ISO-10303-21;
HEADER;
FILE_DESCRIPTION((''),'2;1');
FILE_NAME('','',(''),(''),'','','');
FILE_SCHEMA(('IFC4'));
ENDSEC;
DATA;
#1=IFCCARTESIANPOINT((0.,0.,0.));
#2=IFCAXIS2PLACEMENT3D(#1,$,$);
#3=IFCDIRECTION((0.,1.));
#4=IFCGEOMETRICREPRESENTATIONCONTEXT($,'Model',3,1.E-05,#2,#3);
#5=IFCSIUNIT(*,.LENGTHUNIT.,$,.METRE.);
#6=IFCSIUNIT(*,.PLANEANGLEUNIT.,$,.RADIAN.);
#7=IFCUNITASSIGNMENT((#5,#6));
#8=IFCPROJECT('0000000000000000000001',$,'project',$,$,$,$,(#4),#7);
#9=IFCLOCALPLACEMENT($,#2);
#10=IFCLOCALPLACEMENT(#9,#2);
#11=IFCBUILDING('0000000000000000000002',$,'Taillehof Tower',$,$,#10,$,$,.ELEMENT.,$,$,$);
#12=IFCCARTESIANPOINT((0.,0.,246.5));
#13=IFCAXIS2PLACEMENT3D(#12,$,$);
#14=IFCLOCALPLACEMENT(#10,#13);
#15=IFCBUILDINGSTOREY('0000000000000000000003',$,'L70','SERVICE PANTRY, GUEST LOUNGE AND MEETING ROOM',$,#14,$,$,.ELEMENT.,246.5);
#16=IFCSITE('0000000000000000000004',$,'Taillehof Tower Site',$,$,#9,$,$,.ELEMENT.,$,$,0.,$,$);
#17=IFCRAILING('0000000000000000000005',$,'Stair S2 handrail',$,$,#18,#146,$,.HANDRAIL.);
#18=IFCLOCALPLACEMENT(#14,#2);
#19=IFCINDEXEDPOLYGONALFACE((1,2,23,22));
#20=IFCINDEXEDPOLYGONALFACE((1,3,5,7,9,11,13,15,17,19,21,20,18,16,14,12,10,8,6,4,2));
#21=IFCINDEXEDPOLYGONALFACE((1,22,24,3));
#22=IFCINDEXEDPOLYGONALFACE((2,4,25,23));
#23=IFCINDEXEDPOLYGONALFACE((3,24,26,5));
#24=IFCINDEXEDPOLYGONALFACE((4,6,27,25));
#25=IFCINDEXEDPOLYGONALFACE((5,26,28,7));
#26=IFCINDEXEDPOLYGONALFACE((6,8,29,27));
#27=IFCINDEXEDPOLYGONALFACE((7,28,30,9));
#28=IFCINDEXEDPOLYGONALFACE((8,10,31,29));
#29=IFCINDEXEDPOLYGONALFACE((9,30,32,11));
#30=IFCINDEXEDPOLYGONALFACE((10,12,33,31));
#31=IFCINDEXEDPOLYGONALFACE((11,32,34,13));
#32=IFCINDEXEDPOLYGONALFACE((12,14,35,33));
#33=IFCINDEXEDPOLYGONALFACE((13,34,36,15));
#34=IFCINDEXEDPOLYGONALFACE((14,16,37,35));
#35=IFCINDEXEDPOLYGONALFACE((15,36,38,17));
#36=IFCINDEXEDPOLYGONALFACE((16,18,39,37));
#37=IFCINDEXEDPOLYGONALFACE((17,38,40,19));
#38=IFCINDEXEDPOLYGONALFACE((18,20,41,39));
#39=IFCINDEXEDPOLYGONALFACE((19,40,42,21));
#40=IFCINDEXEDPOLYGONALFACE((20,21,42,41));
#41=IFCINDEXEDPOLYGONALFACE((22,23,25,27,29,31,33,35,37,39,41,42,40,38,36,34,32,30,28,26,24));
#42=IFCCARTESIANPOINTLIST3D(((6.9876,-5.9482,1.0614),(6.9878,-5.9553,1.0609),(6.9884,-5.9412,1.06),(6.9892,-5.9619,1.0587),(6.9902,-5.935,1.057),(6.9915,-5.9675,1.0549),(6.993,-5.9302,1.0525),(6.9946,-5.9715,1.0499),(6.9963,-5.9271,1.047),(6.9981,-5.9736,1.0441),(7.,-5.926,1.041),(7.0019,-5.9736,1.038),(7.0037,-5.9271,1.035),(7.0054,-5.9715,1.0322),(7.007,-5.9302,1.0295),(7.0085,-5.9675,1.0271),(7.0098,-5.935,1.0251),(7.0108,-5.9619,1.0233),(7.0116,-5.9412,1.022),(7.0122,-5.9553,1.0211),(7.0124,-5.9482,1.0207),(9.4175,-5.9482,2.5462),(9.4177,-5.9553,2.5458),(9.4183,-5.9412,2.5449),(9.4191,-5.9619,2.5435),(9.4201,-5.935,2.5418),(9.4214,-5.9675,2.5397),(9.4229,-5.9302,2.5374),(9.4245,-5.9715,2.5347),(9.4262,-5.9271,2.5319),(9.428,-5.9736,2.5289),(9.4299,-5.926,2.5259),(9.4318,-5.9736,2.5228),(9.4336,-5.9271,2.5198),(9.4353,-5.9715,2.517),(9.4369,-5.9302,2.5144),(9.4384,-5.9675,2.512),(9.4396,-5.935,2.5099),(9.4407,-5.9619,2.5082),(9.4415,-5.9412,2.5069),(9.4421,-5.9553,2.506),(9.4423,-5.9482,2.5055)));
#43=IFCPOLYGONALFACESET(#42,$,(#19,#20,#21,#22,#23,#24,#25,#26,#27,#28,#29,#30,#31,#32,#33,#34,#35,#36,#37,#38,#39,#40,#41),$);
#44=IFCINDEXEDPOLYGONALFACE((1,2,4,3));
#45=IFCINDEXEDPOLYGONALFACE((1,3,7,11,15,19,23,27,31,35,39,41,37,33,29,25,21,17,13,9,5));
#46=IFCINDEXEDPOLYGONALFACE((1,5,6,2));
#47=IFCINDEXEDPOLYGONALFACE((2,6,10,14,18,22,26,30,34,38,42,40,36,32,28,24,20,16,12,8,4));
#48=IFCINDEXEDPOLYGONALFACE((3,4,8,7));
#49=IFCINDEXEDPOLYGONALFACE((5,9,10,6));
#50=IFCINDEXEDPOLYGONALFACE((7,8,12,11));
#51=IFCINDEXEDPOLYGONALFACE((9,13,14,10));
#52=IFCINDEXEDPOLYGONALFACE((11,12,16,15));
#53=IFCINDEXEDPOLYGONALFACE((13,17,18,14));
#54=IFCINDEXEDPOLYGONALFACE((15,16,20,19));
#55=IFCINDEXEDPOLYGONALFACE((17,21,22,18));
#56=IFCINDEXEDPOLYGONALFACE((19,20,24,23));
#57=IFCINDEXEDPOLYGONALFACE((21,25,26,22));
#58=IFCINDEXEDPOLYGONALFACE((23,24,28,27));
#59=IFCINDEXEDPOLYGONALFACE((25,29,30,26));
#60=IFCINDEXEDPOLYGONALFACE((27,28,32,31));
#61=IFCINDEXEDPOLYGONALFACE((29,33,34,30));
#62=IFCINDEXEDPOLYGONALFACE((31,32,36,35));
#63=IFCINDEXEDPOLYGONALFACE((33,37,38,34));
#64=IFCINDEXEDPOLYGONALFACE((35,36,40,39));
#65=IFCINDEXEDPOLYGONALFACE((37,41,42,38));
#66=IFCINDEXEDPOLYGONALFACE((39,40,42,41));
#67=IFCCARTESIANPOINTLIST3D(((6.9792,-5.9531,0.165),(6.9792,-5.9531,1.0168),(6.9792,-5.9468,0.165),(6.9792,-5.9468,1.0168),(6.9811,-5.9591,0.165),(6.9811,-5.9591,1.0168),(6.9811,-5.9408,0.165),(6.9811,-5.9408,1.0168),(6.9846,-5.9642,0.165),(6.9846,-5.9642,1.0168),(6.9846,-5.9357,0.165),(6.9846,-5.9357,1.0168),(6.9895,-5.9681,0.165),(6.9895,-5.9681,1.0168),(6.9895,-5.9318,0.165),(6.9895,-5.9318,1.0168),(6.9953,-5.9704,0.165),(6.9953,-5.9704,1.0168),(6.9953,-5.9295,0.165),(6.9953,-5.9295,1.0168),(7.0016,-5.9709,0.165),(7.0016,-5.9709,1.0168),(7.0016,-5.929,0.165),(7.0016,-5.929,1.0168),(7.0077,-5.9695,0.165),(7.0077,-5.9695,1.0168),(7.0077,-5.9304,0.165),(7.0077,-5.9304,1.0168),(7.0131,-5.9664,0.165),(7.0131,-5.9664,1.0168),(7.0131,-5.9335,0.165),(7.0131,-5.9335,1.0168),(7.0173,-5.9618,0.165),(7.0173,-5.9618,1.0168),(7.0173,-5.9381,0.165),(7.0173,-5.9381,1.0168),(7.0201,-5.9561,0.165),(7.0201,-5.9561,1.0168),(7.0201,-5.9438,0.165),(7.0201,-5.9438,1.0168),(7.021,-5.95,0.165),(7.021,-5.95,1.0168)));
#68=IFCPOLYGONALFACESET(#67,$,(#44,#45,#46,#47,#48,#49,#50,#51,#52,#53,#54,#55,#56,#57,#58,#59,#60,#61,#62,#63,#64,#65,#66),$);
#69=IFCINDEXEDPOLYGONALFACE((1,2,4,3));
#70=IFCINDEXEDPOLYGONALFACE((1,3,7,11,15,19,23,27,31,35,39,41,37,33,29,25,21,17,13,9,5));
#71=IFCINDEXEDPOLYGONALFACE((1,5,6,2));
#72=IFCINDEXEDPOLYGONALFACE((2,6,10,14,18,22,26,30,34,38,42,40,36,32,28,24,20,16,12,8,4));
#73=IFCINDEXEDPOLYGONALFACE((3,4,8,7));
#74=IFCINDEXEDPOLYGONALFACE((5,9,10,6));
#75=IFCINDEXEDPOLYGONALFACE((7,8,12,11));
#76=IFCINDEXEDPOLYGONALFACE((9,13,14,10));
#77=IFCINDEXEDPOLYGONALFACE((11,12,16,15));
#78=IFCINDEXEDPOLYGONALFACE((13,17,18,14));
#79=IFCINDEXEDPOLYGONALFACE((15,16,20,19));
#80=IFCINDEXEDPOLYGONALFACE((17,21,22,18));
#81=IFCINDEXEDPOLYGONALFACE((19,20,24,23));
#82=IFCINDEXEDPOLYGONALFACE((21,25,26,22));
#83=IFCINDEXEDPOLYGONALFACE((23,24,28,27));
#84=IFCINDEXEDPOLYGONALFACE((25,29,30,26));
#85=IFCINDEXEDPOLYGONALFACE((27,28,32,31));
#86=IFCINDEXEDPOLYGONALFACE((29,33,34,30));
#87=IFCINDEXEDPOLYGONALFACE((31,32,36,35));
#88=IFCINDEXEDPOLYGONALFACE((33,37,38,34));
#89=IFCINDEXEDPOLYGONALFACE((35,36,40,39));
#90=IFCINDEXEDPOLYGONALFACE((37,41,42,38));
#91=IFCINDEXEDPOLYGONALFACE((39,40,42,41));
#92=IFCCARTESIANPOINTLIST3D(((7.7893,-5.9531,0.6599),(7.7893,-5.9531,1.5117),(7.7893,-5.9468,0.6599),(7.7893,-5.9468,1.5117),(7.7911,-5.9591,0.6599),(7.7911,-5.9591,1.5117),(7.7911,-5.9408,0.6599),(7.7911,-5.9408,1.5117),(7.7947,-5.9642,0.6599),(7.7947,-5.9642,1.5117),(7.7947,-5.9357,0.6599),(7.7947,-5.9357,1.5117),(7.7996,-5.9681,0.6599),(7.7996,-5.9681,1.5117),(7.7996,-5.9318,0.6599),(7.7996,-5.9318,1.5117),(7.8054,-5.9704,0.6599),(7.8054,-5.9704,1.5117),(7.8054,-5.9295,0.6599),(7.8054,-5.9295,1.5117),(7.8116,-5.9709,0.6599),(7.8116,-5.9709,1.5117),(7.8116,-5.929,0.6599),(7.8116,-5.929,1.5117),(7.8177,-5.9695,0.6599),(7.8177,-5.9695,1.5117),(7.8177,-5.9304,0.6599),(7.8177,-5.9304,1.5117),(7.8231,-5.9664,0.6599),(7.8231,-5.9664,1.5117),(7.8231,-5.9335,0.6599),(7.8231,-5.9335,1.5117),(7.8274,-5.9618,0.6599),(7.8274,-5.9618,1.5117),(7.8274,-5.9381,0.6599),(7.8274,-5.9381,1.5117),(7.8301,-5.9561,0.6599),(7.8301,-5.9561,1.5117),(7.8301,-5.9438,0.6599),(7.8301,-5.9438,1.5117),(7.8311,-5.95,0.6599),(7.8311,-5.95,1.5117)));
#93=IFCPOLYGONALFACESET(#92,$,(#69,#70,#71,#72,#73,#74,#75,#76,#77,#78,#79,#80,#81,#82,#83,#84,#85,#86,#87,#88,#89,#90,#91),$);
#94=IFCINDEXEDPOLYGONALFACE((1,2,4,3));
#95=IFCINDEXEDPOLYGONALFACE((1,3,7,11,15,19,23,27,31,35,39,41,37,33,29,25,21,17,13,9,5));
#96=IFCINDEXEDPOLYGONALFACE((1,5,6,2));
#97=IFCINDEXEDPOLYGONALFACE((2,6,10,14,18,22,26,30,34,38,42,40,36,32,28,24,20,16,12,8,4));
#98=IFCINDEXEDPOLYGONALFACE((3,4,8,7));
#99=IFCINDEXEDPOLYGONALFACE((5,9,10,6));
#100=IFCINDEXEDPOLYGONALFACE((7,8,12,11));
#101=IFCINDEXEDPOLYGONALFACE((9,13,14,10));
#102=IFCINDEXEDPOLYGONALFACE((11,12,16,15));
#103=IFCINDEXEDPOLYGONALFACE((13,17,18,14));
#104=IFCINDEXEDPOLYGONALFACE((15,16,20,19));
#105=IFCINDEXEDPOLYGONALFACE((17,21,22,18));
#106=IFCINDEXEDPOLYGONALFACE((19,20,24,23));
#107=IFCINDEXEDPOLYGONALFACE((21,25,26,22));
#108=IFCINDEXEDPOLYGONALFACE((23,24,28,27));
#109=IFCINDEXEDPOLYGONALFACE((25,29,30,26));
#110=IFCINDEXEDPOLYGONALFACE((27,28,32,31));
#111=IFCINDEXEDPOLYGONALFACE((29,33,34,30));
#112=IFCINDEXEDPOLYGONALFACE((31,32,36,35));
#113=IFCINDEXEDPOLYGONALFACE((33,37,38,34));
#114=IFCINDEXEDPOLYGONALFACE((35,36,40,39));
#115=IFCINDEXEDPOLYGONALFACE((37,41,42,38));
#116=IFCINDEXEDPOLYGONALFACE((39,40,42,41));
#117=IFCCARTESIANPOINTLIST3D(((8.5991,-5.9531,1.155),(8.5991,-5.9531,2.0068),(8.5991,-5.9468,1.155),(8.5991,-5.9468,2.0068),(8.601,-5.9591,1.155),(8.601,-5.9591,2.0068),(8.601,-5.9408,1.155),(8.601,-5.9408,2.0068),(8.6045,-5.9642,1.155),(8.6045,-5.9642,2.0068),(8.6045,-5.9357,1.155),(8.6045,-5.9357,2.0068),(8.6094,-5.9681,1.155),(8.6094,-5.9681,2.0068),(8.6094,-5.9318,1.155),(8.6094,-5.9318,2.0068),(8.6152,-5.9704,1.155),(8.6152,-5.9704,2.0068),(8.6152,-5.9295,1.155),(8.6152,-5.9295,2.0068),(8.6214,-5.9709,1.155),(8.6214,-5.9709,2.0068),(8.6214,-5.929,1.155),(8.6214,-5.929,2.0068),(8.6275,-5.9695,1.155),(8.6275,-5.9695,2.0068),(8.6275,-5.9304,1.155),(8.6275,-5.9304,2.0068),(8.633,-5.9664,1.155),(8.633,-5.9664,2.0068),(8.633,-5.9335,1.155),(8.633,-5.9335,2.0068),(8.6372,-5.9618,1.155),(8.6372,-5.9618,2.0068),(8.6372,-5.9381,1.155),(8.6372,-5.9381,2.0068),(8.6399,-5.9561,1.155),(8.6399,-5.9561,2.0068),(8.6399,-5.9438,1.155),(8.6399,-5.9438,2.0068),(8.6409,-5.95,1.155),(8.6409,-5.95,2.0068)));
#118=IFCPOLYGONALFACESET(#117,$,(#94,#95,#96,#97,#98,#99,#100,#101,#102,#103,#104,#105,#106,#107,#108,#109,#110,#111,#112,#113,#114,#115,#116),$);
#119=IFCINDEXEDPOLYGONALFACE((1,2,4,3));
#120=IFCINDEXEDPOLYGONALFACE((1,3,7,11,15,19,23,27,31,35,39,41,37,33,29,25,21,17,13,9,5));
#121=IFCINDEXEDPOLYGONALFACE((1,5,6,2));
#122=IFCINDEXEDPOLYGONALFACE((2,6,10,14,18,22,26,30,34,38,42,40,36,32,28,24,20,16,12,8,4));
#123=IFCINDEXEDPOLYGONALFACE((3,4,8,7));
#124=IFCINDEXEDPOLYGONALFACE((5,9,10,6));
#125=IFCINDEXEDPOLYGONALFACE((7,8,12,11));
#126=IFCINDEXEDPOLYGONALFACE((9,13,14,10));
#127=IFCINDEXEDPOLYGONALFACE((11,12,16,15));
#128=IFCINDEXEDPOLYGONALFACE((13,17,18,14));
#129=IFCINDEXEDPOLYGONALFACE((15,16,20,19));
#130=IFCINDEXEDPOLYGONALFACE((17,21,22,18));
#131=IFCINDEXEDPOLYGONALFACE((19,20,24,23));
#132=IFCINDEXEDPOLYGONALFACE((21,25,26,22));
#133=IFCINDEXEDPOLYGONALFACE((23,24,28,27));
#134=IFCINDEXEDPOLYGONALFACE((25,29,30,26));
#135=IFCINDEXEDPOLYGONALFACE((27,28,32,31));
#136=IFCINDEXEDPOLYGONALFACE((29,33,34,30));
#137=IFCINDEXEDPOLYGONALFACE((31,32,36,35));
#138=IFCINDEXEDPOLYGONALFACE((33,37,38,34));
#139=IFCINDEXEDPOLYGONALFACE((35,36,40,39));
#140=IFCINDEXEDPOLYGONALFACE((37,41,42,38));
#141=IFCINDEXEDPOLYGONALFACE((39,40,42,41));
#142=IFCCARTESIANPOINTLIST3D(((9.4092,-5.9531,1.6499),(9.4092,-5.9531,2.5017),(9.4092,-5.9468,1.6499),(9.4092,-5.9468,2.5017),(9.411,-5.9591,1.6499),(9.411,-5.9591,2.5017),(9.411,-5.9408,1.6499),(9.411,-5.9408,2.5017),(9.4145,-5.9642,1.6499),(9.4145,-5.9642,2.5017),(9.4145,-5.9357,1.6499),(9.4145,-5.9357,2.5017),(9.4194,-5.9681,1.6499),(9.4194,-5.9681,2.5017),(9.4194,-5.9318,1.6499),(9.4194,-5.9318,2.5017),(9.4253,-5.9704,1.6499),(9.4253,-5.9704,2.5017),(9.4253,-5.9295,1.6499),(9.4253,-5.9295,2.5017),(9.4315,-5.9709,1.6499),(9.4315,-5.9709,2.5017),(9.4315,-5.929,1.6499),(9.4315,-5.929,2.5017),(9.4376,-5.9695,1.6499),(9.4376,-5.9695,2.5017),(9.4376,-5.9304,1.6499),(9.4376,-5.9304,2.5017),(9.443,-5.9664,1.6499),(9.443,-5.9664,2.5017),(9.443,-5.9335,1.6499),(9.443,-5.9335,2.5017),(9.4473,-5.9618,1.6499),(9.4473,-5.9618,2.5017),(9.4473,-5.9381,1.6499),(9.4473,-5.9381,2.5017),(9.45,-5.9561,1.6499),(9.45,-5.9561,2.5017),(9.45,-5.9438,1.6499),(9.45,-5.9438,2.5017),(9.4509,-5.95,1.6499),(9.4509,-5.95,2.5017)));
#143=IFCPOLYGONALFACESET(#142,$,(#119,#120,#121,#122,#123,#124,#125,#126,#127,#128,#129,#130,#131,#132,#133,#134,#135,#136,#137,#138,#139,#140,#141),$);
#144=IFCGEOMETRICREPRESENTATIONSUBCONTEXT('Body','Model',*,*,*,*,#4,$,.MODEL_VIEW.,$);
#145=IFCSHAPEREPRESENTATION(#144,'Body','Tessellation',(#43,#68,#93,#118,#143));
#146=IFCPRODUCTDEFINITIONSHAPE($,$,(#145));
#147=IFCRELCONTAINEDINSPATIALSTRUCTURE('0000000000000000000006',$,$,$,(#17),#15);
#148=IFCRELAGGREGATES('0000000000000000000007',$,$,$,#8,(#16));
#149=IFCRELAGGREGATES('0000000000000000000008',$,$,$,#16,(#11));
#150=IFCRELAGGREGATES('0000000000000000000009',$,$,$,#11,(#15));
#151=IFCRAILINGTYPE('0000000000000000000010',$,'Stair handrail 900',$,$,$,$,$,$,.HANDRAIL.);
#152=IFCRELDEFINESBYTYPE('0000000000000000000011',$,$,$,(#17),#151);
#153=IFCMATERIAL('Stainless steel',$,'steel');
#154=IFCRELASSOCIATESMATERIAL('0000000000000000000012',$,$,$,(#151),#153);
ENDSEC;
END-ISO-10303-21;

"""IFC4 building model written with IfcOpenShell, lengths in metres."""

from ifc_helpers import new_model, si_unit, direction, frame, origin, origin_2d, place, context, subcontext, project, spatial, circle, extrude, material, type_object, element, save


model = new_model("IFC4")

# Units and contexts
model_context = context("Model", 3, precision=1e-05, world=origin(), true_north=direction((0.0, 1.0)))
body_context = subcontext(model_context, "Body", "Model", "MODEL_VIEW")
ifc_project = project(units=[si_unit("LENGTHUNIT", "METRE"), si_unit("PLANEANGLEUNIT", "RADIAN")], contexts=[model_context])

# Site, building, storey
site_placement = place(None, origin())
site = spatial("IfcSite", under=ifc_project, at=site_placement, Name="Taillehof Tower Site", CompositionType="ELEMENT", RefElevation=0.0)
building_placement = place(site_placement, origin())
building = spatial("IfcBuilding", under=site, at=building_placement, Name="Taillehof Tower", CompositionType="ELEMENT")
storey_placement = place(building_placement, frame((0.0, 0.0, 246.5)))
storey = spatial("IfcBuildingStorey", under=building, at=storey_placement, Name="L70", Description="SERVICE PANTRY, GUEST LOUNGE AND MEETING ROOM", CompositionType="ELEMENT", Elevation=246.5)

# Railing
ifc_material_1 = material(Name="Stainless steel", Category="steel")
railing_type = type_object("IfcRailingType", Name="Stair handrail 900", PredefinedType="HANDRAIL", material=ifc_material_1)
railing_placement = place(storey_placement, frame((7.0, -5.95, 0.165)))
element("IfcRailing", 1, at=railing_placement, inside=storey, type_object=railing_type, Name="Stair S2 handrail", PredefinedType="HANDRAIL", context=body_context, shape_type="SweptSolid", body=[
    extrude(circle(Radius=0.0239, at=origin_2d()), frame((0.0, 0.0, 0.876), z_axis=(0.853297, 0.0, 0.521426), x_axis=(0.0, 1.0, 0.0)), (0.0, 0.0, 1.0), 2.8477),
    extrude(circle(Radius=0.021, at=origin_2d()), origin(), (0.0, 0.0, 1.0), 0.8518),
    extrude(circle(Radius=0.021, at=origin_2d()), frame((0.8101, 0.0, 0.4949)), (0.0, 0.0, 1.0), 0.8518),
    extrude(circle(Radius=0.021, at=origin_2d()), frame((1.6199, 0.0, 0.99)), (0.0, 0.0, 1.0), 0.8518),
    extrude(circle(Radius=0.021, at=origin_2d()), frame((2.4299, 0.0, 1.4849)), (0.0, 0.0, 1.0), 0.8518),
])

save(model, "model.ifc")
